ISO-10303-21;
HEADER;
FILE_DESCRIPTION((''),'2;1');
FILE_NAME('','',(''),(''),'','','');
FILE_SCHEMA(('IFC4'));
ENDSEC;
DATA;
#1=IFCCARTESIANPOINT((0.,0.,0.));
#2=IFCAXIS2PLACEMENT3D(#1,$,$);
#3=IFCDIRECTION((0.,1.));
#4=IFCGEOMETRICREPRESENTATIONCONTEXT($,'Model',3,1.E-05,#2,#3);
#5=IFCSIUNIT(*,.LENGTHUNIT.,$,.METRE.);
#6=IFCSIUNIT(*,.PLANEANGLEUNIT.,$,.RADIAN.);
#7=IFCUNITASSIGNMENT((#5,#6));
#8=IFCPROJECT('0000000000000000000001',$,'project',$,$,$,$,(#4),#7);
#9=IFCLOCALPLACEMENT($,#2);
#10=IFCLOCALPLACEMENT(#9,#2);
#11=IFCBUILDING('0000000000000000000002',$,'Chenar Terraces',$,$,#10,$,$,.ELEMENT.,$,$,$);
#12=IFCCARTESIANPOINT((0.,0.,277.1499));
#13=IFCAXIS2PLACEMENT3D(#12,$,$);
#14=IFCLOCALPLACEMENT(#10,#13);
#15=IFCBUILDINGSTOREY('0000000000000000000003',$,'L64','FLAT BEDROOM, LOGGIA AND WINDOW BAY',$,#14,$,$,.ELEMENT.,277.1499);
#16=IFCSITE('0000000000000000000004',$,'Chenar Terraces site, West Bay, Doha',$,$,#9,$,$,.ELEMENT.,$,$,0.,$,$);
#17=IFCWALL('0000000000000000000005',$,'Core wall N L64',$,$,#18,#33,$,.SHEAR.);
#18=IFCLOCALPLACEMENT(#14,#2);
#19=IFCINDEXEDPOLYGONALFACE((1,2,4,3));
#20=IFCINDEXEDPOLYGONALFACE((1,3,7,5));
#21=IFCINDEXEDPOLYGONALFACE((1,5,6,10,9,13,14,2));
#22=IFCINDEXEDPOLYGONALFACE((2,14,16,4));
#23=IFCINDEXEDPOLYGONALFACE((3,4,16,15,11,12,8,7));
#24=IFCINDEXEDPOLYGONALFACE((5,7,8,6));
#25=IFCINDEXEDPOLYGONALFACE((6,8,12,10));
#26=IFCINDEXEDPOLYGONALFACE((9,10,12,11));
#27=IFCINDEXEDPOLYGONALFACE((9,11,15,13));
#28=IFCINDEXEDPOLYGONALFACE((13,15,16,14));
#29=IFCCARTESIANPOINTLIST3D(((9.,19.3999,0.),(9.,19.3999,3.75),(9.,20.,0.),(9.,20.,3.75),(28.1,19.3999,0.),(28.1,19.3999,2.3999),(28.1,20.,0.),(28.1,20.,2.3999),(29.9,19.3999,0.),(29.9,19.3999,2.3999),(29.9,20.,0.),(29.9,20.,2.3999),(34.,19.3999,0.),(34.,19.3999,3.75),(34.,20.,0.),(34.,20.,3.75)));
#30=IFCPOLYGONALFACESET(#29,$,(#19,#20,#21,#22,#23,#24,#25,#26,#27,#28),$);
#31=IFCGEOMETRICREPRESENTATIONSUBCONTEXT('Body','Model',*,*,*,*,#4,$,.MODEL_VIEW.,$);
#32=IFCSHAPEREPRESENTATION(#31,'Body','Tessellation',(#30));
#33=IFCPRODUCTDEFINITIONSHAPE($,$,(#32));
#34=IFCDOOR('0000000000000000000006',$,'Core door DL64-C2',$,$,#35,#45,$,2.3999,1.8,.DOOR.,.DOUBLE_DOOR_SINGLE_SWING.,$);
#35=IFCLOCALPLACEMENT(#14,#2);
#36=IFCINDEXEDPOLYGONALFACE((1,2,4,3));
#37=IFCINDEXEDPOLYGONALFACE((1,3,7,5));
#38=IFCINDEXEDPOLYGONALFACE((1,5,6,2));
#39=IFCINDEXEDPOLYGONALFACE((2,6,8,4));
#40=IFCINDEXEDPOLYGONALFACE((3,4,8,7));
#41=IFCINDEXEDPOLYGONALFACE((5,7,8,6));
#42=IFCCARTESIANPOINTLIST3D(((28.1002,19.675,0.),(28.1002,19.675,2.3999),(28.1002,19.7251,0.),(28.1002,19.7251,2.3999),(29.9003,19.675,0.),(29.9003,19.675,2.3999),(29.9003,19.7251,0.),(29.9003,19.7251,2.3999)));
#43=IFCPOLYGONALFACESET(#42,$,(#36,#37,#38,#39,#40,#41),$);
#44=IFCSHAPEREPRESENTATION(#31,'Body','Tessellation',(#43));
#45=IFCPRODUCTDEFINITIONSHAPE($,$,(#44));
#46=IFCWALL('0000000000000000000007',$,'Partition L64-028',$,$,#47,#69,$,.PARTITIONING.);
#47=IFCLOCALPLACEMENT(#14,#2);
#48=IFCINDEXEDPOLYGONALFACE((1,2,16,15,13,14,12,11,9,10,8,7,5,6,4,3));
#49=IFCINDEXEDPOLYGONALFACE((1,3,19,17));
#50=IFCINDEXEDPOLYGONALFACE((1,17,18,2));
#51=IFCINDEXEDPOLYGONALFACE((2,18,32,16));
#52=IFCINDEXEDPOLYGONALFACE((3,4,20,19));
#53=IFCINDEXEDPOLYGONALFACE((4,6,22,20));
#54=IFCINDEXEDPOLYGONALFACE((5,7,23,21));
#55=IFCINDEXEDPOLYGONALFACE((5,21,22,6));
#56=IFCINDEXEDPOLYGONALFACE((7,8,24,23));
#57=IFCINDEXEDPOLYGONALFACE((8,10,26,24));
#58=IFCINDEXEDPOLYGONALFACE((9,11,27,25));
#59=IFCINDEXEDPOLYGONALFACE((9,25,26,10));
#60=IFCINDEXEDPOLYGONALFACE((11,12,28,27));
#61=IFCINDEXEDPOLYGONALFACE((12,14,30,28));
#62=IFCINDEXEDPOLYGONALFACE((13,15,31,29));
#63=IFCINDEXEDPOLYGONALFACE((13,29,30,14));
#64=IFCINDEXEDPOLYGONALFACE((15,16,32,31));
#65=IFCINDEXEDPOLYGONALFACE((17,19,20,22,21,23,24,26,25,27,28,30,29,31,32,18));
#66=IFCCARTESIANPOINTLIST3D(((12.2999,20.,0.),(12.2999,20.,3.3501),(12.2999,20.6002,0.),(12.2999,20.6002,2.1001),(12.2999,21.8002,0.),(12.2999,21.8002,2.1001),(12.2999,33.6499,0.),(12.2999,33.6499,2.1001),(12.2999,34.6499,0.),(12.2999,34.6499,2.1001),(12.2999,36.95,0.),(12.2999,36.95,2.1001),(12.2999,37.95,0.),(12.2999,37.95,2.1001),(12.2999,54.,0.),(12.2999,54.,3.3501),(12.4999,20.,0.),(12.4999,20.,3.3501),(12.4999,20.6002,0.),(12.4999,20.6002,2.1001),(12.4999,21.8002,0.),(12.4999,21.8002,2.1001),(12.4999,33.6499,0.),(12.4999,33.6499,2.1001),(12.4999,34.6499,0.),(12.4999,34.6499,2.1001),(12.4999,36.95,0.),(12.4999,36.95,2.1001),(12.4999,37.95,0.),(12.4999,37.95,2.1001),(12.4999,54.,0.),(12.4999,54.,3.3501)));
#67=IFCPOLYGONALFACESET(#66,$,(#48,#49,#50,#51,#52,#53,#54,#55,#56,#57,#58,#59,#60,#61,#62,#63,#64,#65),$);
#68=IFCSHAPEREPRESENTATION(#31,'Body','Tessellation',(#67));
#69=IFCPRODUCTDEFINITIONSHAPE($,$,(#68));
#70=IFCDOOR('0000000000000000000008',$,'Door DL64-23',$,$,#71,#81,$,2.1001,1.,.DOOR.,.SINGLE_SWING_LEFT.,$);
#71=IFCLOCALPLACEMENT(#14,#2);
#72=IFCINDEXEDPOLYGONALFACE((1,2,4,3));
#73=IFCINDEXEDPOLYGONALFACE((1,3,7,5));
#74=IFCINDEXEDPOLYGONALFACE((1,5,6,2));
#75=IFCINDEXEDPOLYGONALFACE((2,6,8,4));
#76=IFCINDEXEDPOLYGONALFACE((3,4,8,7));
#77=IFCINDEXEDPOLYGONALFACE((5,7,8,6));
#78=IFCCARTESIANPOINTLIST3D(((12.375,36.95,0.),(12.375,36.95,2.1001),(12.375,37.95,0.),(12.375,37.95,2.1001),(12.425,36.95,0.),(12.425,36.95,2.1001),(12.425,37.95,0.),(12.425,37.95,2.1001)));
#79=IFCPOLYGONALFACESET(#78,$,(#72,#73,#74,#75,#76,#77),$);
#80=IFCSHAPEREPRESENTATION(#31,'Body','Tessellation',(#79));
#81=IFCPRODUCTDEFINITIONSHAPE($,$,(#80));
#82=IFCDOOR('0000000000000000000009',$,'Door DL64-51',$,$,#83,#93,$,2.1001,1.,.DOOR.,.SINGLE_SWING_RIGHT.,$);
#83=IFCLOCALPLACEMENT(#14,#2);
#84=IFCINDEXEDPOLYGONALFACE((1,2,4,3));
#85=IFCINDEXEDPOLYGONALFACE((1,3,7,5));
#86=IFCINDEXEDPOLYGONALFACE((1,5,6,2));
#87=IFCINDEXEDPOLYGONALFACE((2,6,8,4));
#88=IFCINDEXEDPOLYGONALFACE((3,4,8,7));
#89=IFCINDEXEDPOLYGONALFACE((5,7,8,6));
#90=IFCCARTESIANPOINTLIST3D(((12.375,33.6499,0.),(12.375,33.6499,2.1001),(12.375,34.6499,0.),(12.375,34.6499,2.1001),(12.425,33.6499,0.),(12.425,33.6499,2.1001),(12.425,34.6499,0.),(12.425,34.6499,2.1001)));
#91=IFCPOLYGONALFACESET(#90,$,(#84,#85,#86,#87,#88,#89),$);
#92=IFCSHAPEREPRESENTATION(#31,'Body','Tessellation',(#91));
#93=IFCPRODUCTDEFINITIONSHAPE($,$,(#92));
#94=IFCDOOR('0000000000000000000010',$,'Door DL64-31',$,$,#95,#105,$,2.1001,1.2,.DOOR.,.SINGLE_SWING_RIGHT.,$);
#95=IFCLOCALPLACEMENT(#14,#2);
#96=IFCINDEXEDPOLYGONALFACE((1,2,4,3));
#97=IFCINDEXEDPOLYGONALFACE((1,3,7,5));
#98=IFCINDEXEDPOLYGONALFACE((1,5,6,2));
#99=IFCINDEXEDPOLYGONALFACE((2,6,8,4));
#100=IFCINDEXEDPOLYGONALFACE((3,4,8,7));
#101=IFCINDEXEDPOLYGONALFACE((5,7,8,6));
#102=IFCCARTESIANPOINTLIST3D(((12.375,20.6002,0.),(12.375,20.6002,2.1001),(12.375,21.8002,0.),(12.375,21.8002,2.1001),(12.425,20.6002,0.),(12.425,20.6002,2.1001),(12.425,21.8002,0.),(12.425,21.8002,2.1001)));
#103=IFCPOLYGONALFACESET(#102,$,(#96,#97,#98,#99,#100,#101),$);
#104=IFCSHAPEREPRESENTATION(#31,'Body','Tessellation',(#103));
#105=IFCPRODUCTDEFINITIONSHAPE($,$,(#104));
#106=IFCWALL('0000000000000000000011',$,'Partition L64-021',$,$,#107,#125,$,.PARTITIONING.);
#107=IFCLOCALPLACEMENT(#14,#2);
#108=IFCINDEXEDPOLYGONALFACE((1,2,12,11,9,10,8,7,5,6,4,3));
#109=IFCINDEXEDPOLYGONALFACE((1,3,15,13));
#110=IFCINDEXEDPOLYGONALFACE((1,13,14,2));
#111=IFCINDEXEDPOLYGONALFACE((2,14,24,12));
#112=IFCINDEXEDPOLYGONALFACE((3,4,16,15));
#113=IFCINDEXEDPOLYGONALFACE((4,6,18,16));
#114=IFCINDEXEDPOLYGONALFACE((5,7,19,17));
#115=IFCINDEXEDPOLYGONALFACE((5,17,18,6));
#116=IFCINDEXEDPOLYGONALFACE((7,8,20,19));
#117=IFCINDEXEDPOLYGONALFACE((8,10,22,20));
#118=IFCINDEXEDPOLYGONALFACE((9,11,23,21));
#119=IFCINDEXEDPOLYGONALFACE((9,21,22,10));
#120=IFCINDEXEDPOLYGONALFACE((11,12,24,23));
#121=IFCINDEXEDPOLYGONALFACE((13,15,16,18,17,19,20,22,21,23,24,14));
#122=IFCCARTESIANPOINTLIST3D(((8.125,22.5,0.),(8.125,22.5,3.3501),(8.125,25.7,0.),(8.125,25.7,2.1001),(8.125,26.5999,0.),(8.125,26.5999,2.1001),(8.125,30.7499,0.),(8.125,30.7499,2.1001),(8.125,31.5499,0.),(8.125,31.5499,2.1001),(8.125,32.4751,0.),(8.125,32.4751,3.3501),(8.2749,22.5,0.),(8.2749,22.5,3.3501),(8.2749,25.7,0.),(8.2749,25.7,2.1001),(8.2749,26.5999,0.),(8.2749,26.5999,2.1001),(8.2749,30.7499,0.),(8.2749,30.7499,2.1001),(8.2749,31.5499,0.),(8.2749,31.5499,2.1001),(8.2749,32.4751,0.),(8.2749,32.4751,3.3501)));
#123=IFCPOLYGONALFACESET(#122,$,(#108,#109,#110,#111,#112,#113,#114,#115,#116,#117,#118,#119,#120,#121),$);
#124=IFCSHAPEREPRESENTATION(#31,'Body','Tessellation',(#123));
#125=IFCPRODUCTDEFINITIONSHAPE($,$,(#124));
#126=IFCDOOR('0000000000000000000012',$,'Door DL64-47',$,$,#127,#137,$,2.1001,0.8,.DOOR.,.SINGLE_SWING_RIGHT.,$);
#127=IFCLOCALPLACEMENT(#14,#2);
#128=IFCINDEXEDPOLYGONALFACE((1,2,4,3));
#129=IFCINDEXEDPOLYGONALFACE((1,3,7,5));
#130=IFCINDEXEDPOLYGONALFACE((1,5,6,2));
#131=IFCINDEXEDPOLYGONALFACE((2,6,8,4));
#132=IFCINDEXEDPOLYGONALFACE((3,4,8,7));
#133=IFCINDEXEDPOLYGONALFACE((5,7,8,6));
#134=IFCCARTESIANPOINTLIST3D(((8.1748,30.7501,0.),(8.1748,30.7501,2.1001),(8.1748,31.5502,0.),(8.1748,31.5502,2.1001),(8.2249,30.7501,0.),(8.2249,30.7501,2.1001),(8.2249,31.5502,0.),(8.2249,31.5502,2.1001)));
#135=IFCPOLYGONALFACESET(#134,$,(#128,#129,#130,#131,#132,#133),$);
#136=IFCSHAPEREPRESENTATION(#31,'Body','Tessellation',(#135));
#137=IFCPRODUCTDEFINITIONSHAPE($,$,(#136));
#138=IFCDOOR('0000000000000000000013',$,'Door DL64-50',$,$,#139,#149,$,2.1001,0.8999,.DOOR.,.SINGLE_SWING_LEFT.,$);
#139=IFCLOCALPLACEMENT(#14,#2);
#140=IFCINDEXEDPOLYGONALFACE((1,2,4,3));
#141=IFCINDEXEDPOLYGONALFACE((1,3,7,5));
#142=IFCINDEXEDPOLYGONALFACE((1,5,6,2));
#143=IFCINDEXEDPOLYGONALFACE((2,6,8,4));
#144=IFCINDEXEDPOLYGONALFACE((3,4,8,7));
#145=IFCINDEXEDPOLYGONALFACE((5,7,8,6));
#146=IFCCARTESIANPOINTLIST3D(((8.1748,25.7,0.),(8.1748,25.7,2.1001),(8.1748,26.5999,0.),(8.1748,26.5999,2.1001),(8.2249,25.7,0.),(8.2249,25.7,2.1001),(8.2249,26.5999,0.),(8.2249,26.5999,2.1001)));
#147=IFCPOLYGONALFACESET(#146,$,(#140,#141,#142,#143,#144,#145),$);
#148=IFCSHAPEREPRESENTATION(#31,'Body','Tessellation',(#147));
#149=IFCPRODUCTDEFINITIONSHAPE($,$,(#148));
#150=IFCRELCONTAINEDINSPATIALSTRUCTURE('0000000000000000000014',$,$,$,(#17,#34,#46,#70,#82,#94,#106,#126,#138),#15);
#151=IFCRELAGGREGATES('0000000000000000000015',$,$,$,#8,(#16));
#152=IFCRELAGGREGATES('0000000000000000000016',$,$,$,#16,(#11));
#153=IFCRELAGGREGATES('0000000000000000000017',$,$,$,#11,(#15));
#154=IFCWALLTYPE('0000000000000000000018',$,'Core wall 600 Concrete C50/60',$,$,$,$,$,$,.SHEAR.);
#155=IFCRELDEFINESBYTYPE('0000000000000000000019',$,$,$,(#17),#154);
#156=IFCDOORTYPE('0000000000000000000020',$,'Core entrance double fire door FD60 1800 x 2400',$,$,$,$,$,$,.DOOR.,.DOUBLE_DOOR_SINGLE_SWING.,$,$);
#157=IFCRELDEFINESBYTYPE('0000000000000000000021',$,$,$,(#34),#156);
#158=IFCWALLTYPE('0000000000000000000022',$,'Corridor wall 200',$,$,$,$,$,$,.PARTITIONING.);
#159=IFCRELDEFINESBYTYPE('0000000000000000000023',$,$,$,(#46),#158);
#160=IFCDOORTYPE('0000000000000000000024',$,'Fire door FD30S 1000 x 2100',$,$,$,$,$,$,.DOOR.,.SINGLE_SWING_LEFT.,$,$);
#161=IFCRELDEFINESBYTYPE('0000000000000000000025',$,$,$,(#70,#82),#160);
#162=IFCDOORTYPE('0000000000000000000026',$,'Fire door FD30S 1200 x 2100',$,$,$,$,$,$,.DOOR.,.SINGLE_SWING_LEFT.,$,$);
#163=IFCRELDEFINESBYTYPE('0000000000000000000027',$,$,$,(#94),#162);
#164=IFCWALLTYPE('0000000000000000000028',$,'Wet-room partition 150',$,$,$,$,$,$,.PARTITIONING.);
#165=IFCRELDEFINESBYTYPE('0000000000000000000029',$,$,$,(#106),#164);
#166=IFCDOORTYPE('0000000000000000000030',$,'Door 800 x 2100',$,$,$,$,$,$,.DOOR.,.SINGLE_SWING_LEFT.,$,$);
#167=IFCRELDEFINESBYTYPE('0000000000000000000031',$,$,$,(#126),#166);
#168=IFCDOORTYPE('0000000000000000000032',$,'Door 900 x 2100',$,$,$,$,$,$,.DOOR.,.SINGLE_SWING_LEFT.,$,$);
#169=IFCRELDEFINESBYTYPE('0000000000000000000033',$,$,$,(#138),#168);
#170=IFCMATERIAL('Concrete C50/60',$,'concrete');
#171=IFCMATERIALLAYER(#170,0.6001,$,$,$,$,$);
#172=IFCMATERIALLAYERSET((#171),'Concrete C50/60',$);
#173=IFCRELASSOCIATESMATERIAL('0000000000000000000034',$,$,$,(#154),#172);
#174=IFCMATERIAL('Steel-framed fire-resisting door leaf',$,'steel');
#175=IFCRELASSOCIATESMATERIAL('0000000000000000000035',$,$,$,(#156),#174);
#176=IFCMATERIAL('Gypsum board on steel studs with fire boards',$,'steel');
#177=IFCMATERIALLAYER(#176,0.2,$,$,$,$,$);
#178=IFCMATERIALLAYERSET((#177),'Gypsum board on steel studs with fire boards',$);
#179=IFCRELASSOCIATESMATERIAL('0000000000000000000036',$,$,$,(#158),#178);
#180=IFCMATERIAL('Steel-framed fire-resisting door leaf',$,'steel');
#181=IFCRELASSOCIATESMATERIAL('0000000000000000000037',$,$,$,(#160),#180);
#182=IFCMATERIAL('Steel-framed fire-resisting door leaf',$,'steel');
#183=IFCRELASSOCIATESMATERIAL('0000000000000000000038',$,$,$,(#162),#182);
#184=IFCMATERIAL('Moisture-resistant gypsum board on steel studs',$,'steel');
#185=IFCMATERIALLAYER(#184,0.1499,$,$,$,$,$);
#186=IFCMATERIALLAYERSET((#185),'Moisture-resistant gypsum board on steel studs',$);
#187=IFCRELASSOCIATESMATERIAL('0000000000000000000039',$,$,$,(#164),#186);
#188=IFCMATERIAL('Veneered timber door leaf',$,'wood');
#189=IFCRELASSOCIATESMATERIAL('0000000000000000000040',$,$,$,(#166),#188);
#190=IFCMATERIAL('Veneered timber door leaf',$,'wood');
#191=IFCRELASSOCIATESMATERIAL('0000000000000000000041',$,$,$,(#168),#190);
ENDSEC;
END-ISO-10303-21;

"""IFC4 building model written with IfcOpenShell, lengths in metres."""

from ifc_helpers import new_model, si_unit, direction, frame, frame_2d, origin, place, context, subcontext, project, spatial, rectangle, extrude, material, layer, layer_set, type_object, element, fill, save


model = new_model("IFC4")

# Units and contexts
model_context = context("Model", 3, precision=1e-05, world=origin(), true_north=direction((0.0, 1.0)))
body_context = subcontext(model_context, "Body", "Model", "MODEL_VIEW")
ifc_project = project(units=[si_unit("LENGTHUNIT", "METRE"), si_unit("PLANEANGLEUNIT", "RADIAN")], contexts=[model_context])

# Site, building, storey
site_placement = place(None, origin())
site = spatial("IfcSite", under=ifc_project, at=site_placement, Name="Chenar Terraces site, West Bay, Doha", CompositionType="ELEMENT", RefElevation=0.0)
building_placement = place(site_placement, origin())
building = spatial("IfcBuilding", under=site, at=building_placement, Name="Chenar Terraces", CompositionType="ELEMENT")
storey_placement = place(building_placement, frame((0.0, 0.0, 277.1499)))
storey = spatial("IfcBuildingStorey", under=building, at=storey_placement, Name="L64", Description="FLAT BEDROOM, LOGGIA AND WINDOW BAY", CompositionType="ELEMENT", Elevation=277.1499)

# Wall, opening, door
ifc_material_1 = material(Name="Concrete C50/60", Category="concrete")
ifc_layer_1 = layer(ifc_material_1, 0.6001)
ifc_layer_set_1 = layer_set([ifc_layer_1], Name="Concrete C50/60")
wall_type_1 = type_object("IfcWallType", Name="Core wall 600 Concrete C50/60", PredefinedType="SHEAR", material=ifc_layer_set_1)
wall_1_placement = place(storey_placement, frame((9.0, 19.7, 0.0), z_axis=(0.0, 0.0, 1.0), x_axis=(1.0, 0.0, 0.0)))
wall_1 = element("IfcWall", 1, at=wall_1_placement, inside=storey, type_object=wall_type_1, Name="Core wall N L64", PredefinedType="SHEAR", context=body_context, shape_type="SweptSolid", body=[
    extrude(rectangle(XDim=25.0, YDim=0.6001, at=frame_2d((12.5, 0.0))), origin(), (0.0, 0.0, 1.0), 3.75),
])
opening_1_placement = place(wall_1_placement, frame((19.1001, 0.0, 0.0)))
opening_1 = element("IfcOpeningElement", 2, at=opening_1_placement, cuts=wall_1, PredefinedType="OPENING", context=body_context, shape_type="SweptSolid", body=[
    extrude(rectangle(XDim=1.8, YDim=2.3999, at=frame_2d((0.8999, 1.2))), frame((0.0, 0.3101, 0.0), z_axis=(0.0, -1.0, 0.0), x_axis=(1.0, 0.0, 0.0)), (0.0, 0.0, 1.0), 0.6201),
])
ifc_material_2 = material(Name="Steel-framed fire-resisting door leaf", Category="steel")
door_type_1 = type_object("IfcDoorType", Name="Core entrance double fire door FD60 1800 x 2400", OperationType="DOUBLE_DOOR_SINGLE_SWING", PredefinedType="DOOR", material=ifc_material_2)
door_1_placement = place(opening_1_placement, frame((1.8, 0.0, 0.0), z_axis=(0.0, 0.0, 1.0), x_axis=(-1.0, 0.0, 0.0)))
door_1 = element("IfcDoor", 3, at=door_1_placement, inside=storey, type_object=door_type_1, Name="Core door DL64-C2", OperationType="DOUBLE_DOOR_SINGLE_SWING", OverallHeight=2.3999, OverallWidth=1.8, PredefinedType="DOOR", context=body_context, shape_type="SweptSolid", body=[
    extrude(rectangle(XDim=1.8, YDim=2.3999, at=frame_2d((0.8999, 1.2))), frame((0.0, 0.0249, 0.0), z_axis=(0.0, -1.0, 0.0), x_axis=(1.0, 0.0, 0.0)), (0.0, 0.0, 1.0), 0.05),
])
fill(opening_1, door_1)

# Walls, openings, doors
ifc_material_3 = material(Name="Gypsum board on steel studs with fire boards", Category="steel")
ifc_layer_2 = layer(ifc_material_3, 0.2)
ifc_layer_set_2 = layer_set([ifc_layer_2], Name="Gypsum board on steel studs with fire boards")
wall_type_2 = type_object("IfcWallType", Name="Corridor wall 200", PredefinedType="PARTITIONING", material=ifc_layer_set_2)
wall_2_placement = place(storey_placement, frame((12.3999, 20.0, 0.0), z_axis=(0.0, 0.0, 1.0), x_axis=(0.0, 1.0, 0.0)))
wall_2 = element("IfcWall", 4, at=wall_2_placement, inside=storey, type_object=wall_type_2, Name="Partition L64-028", PredefinedType="PARTITIONING", context=body_context, shape_type="SweptSolid", body=[
    extrude(rectangle(XDim=34.0, YDim=0.2, at=frame_2d((17.0, 0.0))), origin(), (0.0, 0.0, 1.0), 3.3501),
])
opening_2_placement = place(wall_2_placement, frame((16.95, 0.0, 0.0)))
opening_2 = element("IfcOpeningElement", 5, at=opening_2_placement, cuts=wall_2, PredefinedType="OPENING", context=body_context, shape_type="SweptSolid", body=[
    extrude(rectangle(XDim=1.0, YDim=2.1001, at=frame_2d((0.5, 1.05))), frame((0.0, 0.1099, 0.0), z_axis=(0.0, -1.0, 0.0), x_axis=(1.0, 0.0, 0.0)), (0.0, 0.0, 1.0), 0.22),
])
opening_3_placement = place(wall_2_placement, frame((0.6001, 0.0, 0.0)))
opening_3 = element("IfcOpeningElement", 6, at=opening_3_placement, cuts=wall_2, PredefinedType="OPENING", context=body_context, shape_type="SweptSolid", body=[
    extrude(rectangle(XDim=1.2, YDim=2.1001, at=frame_2d((0.6001, 1.05))), frame((0.0, 0.1099, 0.0), z_axis=(0.0, -1.0, 0.0), x_axis=(1.0, 0.0, 0.0)), (0.0, 0.0, 1.0), 0.22),
])
opening_4_placement = place(wall_2_placement, frame((13.6499, 0.0, 0.0)))
opening_4 = element("IfcOpeningElement", 7, at=opening_4_placement, cuts=wall_2, PredefinedType="OPENING", context=body_context, shape_type="SweptSolid", body=[
    extrude(rectangle(XDim=1.0, YDim=2.1001, at=frame_2d((0.5, 1.05))), frame((0.0, 0.1099, 0.0), z_axis=(0.0, -1.0, 0.0), x_axis=(1.0, 0.0, 0.0)), (0.0, 0.0, 1.0), 0.22),
])
ifc_material_4 = material(Name="Steel-framed fire-resisting door leaf", Category="steel")
door_type_2 = type_object("IfcDoorType", Name="Fire door FD30S 1000 x 2100", OperationType="SINGLE_SWING_LEFT", PredefinedType="DOOR", material=ifc_material_4)
door_2_placement = place(opening_2_placement, origin())
door_2 = element("IfcDoor", 8, at=door_2_placement, inside=storey, type_object=door_type_2, Name="Door DL64-23", OperationType="SINGLE_SWING_LEFT", OverallHeight=2.1001, OverallWidth=1.0, PredefinedType="DOOR", context=body_context, shape_type="SweptSolid", body=[
    extrude(rectangle(XDim=1.0, YDim=2.1001, at=frame_2d((0.5, 1.05))), frame((0.0, 0.0249, 0.0), z_axis=(0.0, -1.0, 0.0), x_axis=(1.0, 0.0, 0.0)), (0.0, 0.0, 1.0), 0.05),
])
fill(opening_2, door_2)
door_3_placement = place(opening_4_placement, origin())
door_3 = element("IfcDoor", 9, at=door_3_placement, inside=storey, type_object=door_type_2, Name="Door DL64-51", OperationType="SINGLE_SWING_RIGHT", OverallHeight=2.1001, OverallWidth=1.0, PredefinedType="DOOR", context=body_context, shape_type="SweptSolid", body=[
    extrude(rectangle(XDim=1.0, YDim=2.1001, at=frame_2d((0.5, 1.05))), frame((0.0, 0.0249, 0.0), z_axis=(0.0, -1.0, 0.0), x_axis=(1.0, 0.0, 0.0)), (0.0, 0.0, 1.0), 0.05),
])
fill(opening_4, door_3)
ifc_material_5 = material(Name="Steel-framed fire-resisting door leaf", Category="steel")
door_type_3 = type_object("IfcDoorType", Name="Fire door FD30S 1200 x 2100", OperationType="SINGLE_SWING_LEFT", PredefinedType="DOOR", material=ifc_material_5)
door_4_placement = place(opening_3_placement, origin())
door_4 = element("IfcDoor", 10, at=door_4_placement, inside=storey, type_object=door_type_3, Name="Door DL64-31", OperationType="SINGLE_SWING_RIGHT", OverallHeight=2.1001, OverallWidth=1.2, PredefinedType="DOOR", context=body_context, shape_type="SweptSolid", body=[
    extrude(rectangle(XDim=1.2, YDim=2.1001, at=frame_2d((0.6001, 1.05))), frame((0.0, 0.0249, 0.0), z_axis=(0.0, -1.0, 0.0), x_axis=(1.0, 0.0, 0.0)), (0.0, 0.0, 1.0), 0.05),
])
fill(opening_3, door_4)
ifc_material_6 = material(Name="Moisture-resistant gypsum board on steel studs", Category="steel")
ifc_layer_3 = layer(ifc_material_6, 0.1499)
ifc_layer_set_3 = layer_set([ifc_layer_3], Name="Moisture-resistant gypsum board on steel studs")
wall_type_3 = type_object("IfcWallType", Name="Wet-room partition 150", PredefinedType="PARTITIONING", material=ifc_layer_set_3)
wall_3_placement = place(storey_placement, frame((8.2, 22.5, 0.0), z_axis=(0.0, 0.0, 1.0), x_axis=(0.0, 1.0, 0.0)))
wall_3 = element("IfcWall", 11, at=wall_3_placement, inside=storey, type_object=wall_type_3, Name="Partition L64-021", PredefinedType="PARTITIONING", context=body_context, shape_type="SweptSolid", body=[
    extrude(rectangle(XDim=9.9751, YDim=0.1499, at=frame_2d((4.9875, 0.0))), origin(), (0.0, 0.0, 1.0), 3.3501),
])
opening_5_placement = place(wall_3_placement, frame((8.25, 0.0, 0.0)))
opening_5 = element("IfcOpeningElement", 12, at=opening_5_placement, cuts=wall_3, PredefinedType="OPENING", context=body_context, shape_type="SweptSolid", body=[
    extrude(rectangle(XDim=0.8, YDim=2.1001, at=frame_2d((0.3999, 1.05))), frame((0.0, 0.085, 0.0), z_axis=(0.0, -1.0, 0.0), x_axis=(1.0, 0.0, 0.0)), (0.0, 0.0, 1.0), 0.1699),
])
opening_6_placement = place(wall_3_placement, frame((3.2, 0.0, 0.0)))
opening_6 = element("IfcOpeningElement", 13, at=opening_6_placement, cuts=wall_3, PredefinedType="OPENING", context=body_context, shape_type="SweptSolid", body=[
    extrude(rectangle(XDim=0.8999, YDim=2.1001, at=frame_2d((0.45, 1.05))), frame((0.0, 0.085, 0.0), z_axis=(0.0, -1.0, 0.0), x_axis=(1.0, 0.0, 0.0)), (0.0, 0.0, 1.0), 0.1699),
])
ifc_material_7 = material(Name="Veneered timber door leaf", Category="wood")
door_type_4 = type_object("IfcDoorType", Name="Door 800 x 2100", OperationType="SINGLE_SWING_LEFT", PredefinedType="DOOR", material=ifc_material_7)
door_5_placement = place(opening_5_placement, frame((0.8, 0.0, 0.0), z_axis=(0.0, 0.0, 1.0), x_axis=(-1.0, 0.0, 0.0)))
door_5 = element("IfcDoor", 14, at=door_5_placement, inside=storey, type_object=door_type_4, Name="Door DL64-47", OperationType="SINGLE_SWING_RIGHT", OverallHeight=2.1001, OverallWidth=0.8, PredefinedType="DOOR", context=body_context, shape_type="SweptSolid", body=[
    extrude(rectangle(XDim=0.8, YDim=2.1001, at=frame_2d((0.3999, 1.05))), frame((0.0, 0.0249, 0.0), z_axis=(0.0, -1.0, 0.0), x_axis=(1.0, 0.0, 0.0)), (0.0, 0.0, 1.0), 0.05),
])
fill(opening_5, door_5)
ifc_material_8 = material(Name="Veneered timber door leaf", Category="wood")
door_type_5 = type_object("IfcDoorType", Name="Door 900 x 2100", OperationType="SINGLE_SWING_LEFT", PredefinedType="DOOR", material=ifc_material_8)
door_6_placement = place(opening_6_placement, frame((0.8999, 0.0, 0.0), z_axis=(0.0, 0.0, 1.0), x_axis=(-1.0, 0.0, 0.0)))
door_6 = element("IfcDoor", 15, at=door_6_placement, inside=storey, type_object=door_type_5, Name="Door DL64-50", OperationType="SINGLE_SWING_LEFT", OverallHeight=2.1001, OverallWidth=0.8999, PredefinedType="DOOR", context=body_context, shape_type="SweptSolid", body=[
    extrude(rectangle(XDim=0.8999, YDim=2.1001, at=frame_2d((0.45, 1.05))), frame((0.0, 0.0249, 0.0), z_axis=(0.0, -1.0, 0.0), x_axis=(1.0, 0.0, 0.0)), (0.0, 0.0, 1.0), 0.05),
])
fill(opening_6, door_6)

save(model, "model.ifc")
